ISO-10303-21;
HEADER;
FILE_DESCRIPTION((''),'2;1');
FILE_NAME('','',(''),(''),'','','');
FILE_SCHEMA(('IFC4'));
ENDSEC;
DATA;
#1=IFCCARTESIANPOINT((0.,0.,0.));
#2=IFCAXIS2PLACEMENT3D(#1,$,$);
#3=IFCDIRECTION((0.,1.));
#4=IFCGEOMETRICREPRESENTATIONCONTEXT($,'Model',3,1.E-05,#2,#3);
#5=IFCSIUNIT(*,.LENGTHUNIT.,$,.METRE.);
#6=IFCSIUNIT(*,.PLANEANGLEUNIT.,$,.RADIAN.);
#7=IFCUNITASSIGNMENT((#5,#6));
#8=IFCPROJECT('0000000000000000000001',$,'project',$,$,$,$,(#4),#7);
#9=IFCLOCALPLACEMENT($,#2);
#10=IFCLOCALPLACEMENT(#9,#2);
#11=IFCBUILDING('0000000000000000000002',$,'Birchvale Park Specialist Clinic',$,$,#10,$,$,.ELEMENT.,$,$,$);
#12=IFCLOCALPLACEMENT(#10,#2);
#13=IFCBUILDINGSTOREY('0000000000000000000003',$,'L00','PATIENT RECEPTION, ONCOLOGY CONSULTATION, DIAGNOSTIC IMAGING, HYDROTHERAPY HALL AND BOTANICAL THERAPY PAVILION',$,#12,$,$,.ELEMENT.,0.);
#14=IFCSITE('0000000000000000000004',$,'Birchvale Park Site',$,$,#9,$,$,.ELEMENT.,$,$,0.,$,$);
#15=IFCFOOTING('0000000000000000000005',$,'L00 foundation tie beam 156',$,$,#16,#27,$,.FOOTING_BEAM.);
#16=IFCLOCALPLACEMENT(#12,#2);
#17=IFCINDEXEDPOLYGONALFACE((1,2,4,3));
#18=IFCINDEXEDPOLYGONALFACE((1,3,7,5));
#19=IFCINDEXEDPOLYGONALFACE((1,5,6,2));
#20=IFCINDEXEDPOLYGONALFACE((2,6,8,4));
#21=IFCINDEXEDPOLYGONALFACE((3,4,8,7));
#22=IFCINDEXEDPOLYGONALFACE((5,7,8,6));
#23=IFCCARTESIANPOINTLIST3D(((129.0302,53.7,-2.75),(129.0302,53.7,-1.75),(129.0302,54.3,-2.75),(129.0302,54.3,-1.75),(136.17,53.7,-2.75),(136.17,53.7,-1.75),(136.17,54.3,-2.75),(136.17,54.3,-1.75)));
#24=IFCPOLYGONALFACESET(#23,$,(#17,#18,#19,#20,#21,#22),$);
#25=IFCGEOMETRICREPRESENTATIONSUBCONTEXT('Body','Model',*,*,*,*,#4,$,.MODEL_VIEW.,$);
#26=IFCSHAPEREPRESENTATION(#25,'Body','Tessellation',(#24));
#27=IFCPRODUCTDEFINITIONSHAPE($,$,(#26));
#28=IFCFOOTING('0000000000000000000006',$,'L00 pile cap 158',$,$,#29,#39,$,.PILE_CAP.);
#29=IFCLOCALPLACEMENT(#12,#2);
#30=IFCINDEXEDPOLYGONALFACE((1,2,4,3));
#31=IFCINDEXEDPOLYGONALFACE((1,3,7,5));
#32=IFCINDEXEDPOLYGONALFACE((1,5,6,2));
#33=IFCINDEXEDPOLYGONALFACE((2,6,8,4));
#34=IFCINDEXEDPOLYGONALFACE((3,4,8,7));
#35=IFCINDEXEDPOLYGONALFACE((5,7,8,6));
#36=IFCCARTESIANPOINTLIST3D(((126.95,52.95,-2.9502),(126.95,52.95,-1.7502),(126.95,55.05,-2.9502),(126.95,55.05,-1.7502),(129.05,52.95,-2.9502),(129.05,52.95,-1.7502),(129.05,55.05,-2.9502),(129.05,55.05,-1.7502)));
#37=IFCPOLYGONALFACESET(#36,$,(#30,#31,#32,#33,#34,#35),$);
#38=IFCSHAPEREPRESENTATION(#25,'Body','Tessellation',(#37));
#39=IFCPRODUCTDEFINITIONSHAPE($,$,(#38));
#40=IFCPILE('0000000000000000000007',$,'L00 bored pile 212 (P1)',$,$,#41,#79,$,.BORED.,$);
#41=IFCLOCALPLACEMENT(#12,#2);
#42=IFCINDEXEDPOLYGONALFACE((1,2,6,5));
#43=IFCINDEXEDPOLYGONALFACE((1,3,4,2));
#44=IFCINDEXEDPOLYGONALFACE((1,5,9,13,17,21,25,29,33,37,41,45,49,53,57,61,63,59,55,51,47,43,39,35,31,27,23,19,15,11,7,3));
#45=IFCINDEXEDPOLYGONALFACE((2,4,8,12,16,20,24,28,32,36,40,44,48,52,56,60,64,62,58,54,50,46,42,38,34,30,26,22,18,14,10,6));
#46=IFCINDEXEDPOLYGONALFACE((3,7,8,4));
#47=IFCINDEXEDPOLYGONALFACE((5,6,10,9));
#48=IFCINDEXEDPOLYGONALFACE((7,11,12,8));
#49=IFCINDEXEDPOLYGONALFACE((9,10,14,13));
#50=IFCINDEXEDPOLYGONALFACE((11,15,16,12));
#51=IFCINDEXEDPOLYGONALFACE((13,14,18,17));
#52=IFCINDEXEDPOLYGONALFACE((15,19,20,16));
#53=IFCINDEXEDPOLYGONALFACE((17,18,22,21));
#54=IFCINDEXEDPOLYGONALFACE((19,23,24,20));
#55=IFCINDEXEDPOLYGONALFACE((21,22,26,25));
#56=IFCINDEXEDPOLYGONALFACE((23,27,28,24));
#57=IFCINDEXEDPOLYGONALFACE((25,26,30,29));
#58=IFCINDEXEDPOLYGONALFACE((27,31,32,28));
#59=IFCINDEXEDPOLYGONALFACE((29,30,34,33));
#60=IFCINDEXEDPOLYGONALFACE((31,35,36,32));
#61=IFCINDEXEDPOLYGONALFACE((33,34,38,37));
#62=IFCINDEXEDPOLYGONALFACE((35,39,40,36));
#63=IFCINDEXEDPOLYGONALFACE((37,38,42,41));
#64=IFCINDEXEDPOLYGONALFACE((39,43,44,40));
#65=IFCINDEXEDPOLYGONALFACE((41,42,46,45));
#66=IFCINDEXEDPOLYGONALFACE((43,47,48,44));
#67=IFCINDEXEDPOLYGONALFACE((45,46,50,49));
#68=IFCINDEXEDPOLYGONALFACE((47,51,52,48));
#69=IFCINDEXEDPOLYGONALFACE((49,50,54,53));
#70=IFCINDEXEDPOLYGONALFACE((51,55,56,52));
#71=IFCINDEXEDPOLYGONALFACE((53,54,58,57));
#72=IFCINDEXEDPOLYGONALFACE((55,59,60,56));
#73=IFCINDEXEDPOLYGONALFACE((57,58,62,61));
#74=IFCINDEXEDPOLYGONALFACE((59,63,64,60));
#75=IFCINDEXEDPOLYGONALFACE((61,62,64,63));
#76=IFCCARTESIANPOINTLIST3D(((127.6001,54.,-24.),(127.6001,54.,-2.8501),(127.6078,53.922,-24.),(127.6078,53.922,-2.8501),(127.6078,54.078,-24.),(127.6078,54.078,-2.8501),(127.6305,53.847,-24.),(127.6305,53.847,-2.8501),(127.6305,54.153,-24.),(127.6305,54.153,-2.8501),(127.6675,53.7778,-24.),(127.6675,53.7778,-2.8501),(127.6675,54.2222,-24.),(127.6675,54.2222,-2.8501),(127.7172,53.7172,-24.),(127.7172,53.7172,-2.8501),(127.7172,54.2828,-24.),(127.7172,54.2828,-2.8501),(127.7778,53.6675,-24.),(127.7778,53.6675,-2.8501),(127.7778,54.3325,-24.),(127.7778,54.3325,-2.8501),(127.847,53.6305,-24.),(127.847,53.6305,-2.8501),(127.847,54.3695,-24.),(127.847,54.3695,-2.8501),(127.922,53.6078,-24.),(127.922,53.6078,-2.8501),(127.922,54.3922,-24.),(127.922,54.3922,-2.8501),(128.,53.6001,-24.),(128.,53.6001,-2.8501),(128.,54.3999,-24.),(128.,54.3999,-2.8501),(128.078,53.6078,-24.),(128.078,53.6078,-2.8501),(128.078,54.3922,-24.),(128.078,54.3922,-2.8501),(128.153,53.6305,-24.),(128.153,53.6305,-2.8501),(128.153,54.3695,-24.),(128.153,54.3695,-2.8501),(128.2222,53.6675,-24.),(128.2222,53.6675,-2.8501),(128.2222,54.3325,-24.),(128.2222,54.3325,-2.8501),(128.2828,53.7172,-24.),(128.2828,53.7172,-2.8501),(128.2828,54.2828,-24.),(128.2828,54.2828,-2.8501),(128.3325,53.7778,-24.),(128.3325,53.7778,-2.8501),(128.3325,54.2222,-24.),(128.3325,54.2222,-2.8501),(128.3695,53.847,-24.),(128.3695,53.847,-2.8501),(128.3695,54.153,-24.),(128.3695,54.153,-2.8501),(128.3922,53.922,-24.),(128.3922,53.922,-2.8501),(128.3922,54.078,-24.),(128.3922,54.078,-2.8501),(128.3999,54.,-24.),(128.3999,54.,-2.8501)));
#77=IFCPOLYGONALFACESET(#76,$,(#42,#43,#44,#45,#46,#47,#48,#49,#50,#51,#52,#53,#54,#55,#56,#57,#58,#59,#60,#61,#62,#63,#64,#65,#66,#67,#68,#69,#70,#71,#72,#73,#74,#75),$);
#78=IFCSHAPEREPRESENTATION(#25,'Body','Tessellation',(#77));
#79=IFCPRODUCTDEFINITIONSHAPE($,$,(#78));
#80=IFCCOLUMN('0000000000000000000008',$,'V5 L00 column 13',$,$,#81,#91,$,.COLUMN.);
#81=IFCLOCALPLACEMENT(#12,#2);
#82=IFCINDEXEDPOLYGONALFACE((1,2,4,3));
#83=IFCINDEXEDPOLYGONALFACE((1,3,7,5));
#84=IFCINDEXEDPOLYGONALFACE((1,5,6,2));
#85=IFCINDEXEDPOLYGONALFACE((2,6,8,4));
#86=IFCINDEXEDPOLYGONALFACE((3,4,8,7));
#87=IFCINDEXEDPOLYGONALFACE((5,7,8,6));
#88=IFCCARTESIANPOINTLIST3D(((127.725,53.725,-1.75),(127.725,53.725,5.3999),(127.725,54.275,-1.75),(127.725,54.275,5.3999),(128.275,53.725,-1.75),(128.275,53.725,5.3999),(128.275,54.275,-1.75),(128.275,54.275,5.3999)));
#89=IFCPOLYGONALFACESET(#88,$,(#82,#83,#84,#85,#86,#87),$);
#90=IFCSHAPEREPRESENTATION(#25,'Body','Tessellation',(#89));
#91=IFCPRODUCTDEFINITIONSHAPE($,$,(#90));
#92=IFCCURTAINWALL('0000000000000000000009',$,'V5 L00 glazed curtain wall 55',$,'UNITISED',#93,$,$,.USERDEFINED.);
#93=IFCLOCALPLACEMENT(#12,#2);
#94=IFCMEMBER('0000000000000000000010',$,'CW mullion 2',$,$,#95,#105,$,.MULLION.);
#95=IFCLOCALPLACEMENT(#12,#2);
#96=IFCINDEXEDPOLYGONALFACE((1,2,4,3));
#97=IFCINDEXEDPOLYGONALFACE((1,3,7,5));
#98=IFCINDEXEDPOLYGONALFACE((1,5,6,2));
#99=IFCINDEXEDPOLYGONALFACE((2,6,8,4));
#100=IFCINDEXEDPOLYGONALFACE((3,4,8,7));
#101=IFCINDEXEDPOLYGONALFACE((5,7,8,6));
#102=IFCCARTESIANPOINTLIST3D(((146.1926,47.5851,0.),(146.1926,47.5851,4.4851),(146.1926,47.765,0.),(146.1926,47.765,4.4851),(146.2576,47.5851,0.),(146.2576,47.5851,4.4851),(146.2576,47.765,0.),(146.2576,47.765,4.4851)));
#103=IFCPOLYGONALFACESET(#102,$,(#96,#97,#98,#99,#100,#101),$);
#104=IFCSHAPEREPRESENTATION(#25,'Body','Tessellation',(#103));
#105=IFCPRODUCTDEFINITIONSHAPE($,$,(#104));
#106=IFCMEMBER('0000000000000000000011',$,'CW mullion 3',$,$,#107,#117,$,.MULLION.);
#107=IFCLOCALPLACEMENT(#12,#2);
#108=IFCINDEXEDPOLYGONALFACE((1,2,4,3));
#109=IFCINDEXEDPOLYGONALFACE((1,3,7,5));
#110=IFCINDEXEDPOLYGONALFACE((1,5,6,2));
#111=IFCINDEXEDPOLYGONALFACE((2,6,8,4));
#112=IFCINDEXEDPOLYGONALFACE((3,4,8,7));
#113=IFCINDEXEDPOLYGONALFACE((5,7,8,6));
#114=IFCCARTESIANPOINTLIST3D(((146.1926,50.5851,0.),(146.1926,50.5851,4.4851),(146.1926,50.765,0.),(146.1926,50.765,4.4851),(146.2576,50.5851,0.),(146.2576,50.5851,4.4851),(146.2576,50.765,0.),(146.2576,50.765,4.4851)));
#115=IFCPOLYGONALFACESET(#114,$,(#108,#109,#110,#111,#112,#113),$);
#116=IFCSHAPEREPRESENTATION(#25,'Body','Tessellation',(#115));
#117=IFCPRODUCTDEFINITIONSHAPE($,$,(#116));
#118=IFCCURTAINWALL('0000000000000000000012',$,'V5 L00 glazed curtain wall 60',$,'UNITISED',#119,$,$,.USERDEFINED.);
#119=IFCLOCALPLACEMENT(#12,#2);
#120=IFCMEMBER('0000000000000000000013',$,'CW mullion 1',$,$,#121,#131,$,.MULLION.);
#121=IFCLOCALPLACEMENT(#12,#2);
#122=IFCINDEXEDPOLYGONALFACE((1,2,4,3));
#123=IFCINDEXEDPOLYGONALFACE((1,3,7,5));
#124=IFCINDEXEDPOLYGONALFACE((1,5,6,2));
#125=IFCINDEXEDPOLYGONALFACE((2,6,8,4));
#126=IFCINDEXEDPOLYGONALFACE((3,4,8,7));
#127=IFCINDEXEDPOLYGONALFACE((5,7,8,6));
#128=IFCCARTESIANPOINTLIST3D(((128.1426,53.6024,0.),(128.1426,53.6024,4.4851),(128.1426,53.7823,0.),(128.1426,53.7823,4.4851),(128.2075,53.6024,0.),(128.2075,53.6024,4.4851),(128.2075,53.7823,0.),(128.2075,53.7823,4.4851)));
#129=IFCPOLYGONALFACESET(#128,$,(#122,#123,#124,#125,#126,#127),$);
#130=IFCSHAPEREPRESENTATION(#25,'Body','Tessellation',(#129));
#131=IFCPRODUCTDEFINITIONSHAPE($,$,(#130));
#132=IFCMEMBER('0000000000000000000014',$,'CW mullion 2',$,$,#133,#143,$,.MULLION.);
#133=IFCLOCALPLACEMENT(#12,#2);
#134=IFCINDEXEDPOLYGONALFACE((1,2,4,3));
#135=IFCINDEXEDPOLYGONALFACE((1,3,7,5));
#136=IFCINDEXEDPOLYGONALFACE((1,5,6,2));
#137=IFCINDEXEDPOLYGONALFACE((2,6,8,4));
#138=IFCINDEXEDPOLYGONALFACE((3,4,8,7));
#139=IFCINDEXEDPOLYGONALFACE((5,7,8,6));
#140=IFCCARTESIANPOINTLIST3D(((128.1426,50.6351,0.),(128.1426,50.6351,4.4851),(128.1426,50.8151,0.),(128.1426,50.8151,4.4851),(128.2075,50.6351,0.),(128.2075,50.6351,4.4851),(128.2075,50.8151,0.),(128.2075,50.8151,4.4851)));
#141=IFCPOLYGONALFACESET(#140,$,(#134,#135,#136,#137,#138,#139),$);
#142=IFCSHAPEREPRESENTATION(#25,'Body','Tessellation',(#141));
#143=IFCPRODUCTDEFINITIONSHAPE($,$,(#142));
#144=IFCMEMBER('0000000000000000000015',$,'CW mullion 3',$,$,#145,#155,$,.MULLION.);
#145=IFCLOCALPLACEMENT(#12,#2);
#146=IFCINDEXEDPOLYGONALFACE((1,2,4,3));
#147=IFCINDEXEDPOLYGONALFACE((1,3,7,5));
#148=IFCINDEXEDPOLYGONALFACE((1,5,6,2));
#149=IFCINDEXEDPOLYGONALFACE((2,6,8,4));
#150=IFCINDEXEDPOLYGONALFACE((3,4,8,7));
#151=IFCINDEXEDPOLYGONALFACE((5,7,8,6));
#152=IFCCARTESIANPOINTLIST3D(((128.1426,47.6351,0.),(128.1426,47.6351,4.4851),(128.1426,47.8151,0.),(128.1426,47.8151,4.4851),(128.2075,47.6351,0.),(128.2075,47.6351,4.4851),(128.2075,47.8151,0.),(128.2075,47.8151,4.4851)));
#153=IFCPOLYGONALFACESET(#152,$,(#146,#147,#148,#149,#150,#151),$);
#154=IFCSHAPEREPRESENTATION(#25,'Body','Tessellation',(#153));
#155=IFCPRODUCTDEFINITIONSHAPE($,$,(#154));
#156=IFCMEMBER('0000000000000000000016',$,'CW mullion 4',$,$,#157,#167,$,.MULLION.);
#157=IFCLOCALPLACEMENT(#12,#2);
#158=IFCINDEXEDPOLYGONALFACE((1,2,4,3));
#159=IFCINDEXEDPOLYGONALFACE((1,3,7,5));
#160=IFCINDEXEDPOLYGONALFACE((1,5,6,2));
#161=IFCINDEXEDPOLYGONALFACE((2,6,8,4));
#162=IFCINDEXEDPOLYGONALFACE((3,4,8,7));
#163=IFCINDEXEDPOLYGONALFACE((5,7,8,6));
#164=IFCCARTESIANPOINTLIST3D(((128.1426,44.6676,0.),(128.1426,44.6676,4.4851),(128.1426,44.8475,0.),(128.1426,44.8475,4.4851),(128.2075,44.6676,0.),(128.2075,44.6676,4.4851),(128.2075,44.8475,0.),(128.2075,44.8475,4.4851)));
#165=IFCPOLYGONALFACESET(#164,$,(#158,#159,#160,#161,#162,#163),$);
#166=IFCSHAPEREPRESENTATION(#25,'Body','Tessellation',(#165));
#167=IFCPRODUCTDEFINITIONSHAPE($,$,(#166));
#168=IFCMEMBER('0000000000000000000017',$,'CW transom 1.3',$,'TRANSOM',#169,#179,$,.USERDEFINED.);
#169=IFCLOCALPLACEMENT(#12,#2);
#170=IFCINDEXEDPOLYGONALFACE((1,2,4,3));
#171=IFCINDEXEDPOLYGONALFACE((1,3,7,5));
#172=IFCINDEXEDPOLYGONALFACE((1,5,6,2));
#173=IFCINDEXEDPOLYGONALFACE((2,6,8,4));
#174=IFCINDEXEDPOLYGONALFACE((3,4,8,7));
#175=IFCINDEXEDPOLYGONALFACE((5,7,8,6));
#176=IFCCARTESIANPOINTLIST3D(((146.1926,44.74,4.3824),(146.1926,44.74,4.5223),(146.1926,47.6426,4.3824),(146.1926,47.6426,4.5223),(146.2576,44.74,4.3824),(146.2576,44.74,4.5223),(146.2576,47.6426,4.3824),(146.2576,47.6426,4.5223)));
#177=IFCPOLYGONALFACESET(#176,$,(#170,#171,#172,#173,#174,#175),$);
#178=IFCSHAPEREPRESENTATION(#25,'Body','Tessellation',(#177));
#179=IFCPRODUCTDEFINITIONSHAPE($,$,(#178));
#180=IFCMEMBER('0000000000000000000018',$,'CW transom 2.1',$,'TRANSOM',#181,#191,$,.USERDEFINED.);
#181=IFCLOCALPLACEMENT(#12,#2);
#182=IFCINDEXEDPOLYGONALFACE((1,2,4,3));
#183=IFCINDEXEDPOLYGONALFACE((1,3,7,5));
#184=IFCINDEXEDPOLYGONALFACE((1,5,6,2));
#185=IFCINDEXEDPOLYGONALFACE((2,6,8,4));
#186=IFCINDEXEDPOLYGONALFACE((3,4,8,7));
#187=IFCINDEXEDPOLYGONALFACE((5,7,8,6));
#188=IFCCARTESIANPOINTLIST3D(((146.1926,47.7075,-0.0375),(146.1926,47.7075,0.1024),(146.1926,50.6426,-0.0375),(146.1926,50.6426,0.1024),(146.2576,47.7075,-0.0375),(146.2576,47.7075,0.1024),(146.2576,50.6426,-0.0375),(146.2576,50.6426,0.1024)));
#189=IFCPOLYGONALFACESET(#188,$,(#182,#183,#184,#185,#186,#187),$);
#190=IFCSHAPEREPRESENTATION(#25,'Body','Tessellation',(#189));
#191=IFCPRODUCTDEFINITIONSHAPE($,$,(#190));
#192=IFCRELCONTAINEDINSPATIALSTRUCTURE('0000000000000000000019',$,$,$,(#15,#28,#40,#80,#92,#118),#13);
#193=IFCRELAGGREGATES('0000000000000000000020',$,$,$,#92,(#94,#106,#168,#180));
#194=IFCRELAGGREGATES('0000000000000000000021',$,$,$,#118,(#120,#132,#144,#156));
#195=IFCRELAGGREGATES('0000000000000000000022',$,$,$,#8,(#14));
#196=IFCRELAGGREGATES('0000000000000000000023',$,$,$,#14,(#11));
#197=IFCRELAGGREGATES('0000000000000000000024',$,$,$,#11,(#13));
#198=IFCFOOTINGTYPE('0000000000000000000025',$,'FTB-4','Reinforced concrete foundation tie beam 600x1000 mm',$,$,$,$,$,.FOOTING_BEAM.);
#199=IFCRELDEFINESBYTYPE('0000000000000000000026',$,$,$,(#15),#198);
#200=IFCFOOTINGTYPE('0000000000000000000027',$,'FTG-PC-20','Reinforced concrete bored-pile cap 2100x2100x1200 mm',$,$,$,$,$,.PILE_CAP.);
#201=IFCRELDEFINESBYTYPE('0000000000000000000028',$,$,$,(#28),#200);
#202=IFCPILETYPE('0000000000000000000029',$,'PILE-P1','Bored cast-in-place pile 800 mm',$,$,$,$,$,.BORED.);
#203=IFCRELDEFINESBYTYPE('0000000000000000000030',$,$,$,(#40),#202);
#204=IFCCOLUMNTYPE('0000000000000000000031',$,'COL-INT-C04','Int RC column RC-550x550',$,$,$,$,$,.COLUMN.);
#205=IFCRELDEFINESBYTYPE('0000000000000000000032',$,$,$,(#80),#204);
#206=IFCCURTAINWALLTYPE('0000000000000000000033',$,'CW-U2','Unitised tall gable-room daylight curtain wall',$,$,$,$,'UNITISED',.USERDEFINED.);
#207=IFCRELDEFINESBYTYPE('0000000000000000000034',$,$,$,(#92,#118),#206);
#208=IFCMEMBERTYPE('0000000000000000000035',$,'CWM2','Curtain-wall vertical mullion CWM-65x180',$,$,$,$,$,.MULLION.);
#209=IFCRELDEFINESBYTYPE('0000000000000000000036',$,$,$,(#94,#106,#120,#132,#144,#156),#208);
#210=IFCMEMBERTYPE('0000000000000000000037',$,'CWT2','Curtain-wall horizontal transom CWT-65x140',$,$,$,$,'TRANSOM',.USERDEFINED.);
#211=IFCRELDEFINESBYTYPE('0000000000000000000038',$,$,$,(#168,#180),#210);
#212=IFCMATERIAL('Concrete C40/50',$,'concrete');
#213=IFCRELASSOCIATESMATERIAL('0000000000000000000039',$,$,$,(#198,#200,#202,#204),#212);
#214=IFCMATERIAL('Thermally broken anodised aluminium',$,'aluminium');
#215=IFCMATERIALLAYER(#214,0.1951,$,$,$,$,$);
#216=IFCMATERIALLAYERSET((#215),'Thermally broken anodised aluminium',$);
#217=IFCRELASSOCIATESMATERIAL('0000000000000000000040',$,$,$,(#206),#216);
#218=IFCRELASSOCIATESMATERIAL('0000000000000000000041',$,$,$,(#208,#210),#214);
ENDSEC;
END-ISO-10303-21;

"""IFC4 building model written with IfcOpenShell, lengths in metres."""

from ifc_helpers import new_model, si_unit, direction, frame, origin, origin_2d, place, context, subcontext, project, spatial, rectangle, circle, extrude, material, layer, layer_set, material_profile, profile_set, type_object, element, aggregate, save


model = new_model("IFC4")

# Units and contexts
model_context = context("Model", 3, precision=1e-05, world=origin(), true_north=direction((0.0, 1.0)))
body_context = subcontext(model_context, "Body", "Model", "MODEL_VIEW")
ifc_project = project(units=[si_unit("LENGTHUNIT", "METRE"), si_unit("PLANEANGLEUNIT", "RADIAN")], contexts=[model_context])

# Site, building, storey
site_placement = place(None, origin())
site = spatial("IfcSite", under=ifc_project, at=site_placement, Name="Birchvale Park Site", CompositionType="ELEMENT", RefElevation=0.0)
building_placement = place(site_placement, origin())
building = spatial("IfcBuilding", under=site, at=building_placement, Name="Birchvale Park Specialist Clinic", CompositionType="ELEMENT")
storey_placement = place(building_placement, origin())
storey = spatial("IfcBuildingStorey", under=building, at=storey_placement, Name="L00", Description="PATIENT RECEPTION, ONCOLOGY CONSULTATION, DIAGNOSTIC IMAGING, HYDROTHERAPY HALL AND BOTANICAL THERAPY PAVILION", CompositionType="ELEMENT", Elevation=0.0)

# Footings
ifc_material_1 = material(Name="Concrete C40/50", Category="concrete")
footing_type_1 = type_object("IfcFootingType", Name="FTB-4", Description="Reinforced concrete foundation tie beam 600x1000 mm", PredefinedType="FOOTING_BEAM", material=ifc_material_1)
footing_1_placement = place(storey_placement, frame((132.6001, 54.0, -2.75), z_axis=(0.0, 0.0, 1.0), x_axis=(1.0, 0.0, 0.0)))
element("IfcFooting", 1, at=footing_1_placement, inside=storey, type_object=footing_type_1, Name="L00 foundation tie beam 156", PredefinedType="FOOTING_BEAM", context=body_context, shape_type="SweptSolid", body=[
    extrude(rectangle(XDim=7.1399, YDim=0.6001, at=origin_2d()), origin(), (0.0, 0.0, 1.0), 1.0),
])
footing_type_2 = type_object("IfcFootingType", Name="FTG-PC-20", Description="Reinforced concrete bored-pile cap 2100x2100x1200 mm", PredefinedType="PILE_CAP", material=ifc_material_1)
footing_2_placement = place(storey_placement, frame((128.0, 54.0, -2.9502), z_axis=(0.0, 0.0, 1.0), x_axis=(1.0, 0.0, 0.0)))
element("IfcFooting", 2, at=footing_2_placement, inside=storey, type_object=footing_type_2, Name="L00 pile cap 158", PredefinedType="PILE_CAP", context=body_context, shape_type="SweptSolid", body=[
    extrude(rectangle(XDim=2.1001, YDim=2.1001, at=origin_2d()), origin(), (0.0, 0.0, 1.0), 1.2),
])

# Pile
ifc_material_profile_1 = material_profile(ifc_material_1, circle(Radius=0.3999, at=origin_2d()), Name="PILE-800")
ifc_profile_set_1 = profile_set([ifc_material_profile_1], Name="Concrete C40/50")
pile_type = type_object("IfcPileType", Name="PILE-P1", Description="Bored cast-in-place pile 800 mm", PredefinedType="BORED", material=ifc_profile_set_1)
pile_placement = place(storey_placement, frame((128.0, 54.0, -2.8501), z_axis=(0.0, 0.0, -1.0), x_axis=(1.0, 0.0, 0.0)))
element("IfcPile", 3, at=pile_placement, inside=storey, type_object=pile_type, Name="L00 bored pile 212 (P1)", PredefinedType="BORED", context=body_context, shape_type="SweptSolid", body=[
    extrude(circle(Radius=0.3999, at=origin_2d()), origin(), (0.0, 0.0, 1.0), 21.1499),
])

# Column
ifc_material_profile_2 = material_profile(ifc_material_1, rectangle(XDim=0.55, YDim=0.55, at=origin_2d()), Name="RC-550x550")
ifc_profile_set_2 = profile_set([ifc_material_profile_2], Name="Concrete C40/50")
column_type = type_object("IfcColumnType", Name="COL-INT-C04", Description="Int RC column RC-550x550", PredefinedType="COLUMN", material=ifc_profile_set_2)
column_placement = place(storey_placement, frame((128.0, 54.0, -1.75), z_axis=(0.0, 0.0, 1.0), x_axis=(1.0, 0.0, 0.0)))
element("IfcColumn", 4, at=column_placement, inside=storey, type_object=column_type, Name="V5 L00 column 13", PredefinedType="COLUMN", context=body_context, shape_type="SweptSolid", body=[
    extrude(rectangle(XDim=0.55, YDim=0.55, at=origin_2d()), origin(), (0.0, 0.0, 1.0), 7.1499),
])

# Curtain walls, members
ifc_material_2 = material(Name="Thermally broken anodised aluminium", Category="aluminium")
ifc_layer_1 = layer(ifc_material_2, 0.1951)
ifc_layer_set_1 = layer_set([ifc_layer_1], Name="Thermally broken anodised aluminium")
curtain_wall_type = type_object("IfcCurtainWallType", Name="CW-U2", Description="Unitised tall gable-room daylight curtain wall", ElementType="UNITISED", PredefinedType="USERDEFINED", material=ifc_layer_set_1)
curtain_wall_1_placement = place(storey_placement, origin())
curtain_wall_1 = element("IfcCurtainWall", 5, at=curtain_wall_1_placement, inside=storey, type_object=curtain_wall_type, Name="V5 L00 glazed curtain wall 55", ObjectType="UNITISED", PredefinedType="USERDEFINED")
ifc_material_profile_3 = material_profile(ifc_material_2, rectangle(XDim=0.0649, YDim=0.1799, at=origin_2d()), Name="CWM-65x180")
ifc_profile_set_3 = profile_set([ifc_material_profile_3], Name="Thermally broken anodised aluminium")
member_type_1 = type_object("IfcMemberType", Name="CWM2", Description="Curtain-wall vertical mullion CWM-65x180", PredefinedType="MULLION", material=ifc_profile_set_3)
member_1_placement = place(storey_placement, frame((146.2251, 47.675, 0.0), z_axis=(0.0, 0.0, 1.0), x_axis=(-1.0, 0.0, 0.0)))
member_1 = element("IfcMember", 6, at=member_1_placement, type_object=member_type_1, Name="CW mullion 2", PredefinedType="MULLION", context=body_context, shape_type="SweptSolid", body=[
    extrude(rectangle(XDim=0.0649, YDim=0.1799, at=origin_2d()), origin(), (0.0, 0.0, 1.0), 4.4851),
])
member_2_placement = place(storey_placement, frame((146.2251, 50.675, 0.0), z_axis=(0.0, 0.0, 1.0), x_axis=(-1.0, 0.0, 0.0)))
member_2 = element("IfcMember", 7, at=member_2_placement, type_object=member_type_1, Name="CW mullion 3", PredefinedType="MULLION", context=body_context, shape_type="SweptSolid", body=[
    extrude(rectangle(XDim=0.0649, YDim=0.1799, at=origin_2d()), origin(), (0.0, 0.0, 1.0), 4.4851),
])
curtain_wall_2_placement = place(storey_placement, origin())
curtain_wall_2 = element("IfcCurtainWall", 8, at=curtain_wall_2_placement, inside=storey, type_object=curtain_wall_type, Name="V5 L00 glazed curtain wall 60", ObjectType="UNITISED", PredefinedType="USERDEFINED")
member_3_placement = place(storey_placement, frame((128.175, 53.6924, 0.0), z_axis=(0.0, 0.0, 1.0), x_axis=(1.0, 0.0, 0.0)))
member_3 = element("IfcMember", 9, at=member_3_placement, type_object=member_type_1, Name="CW mullion 1", PredefinedType="MULLION", context=body_context, shape_type="SweptSolid", body=[
    extrude(rectangle(XDim=0.0649, YDim=0.1799, at=origin_2d()), origin(), (0.0, 0.0, 1.0), 4.4851),
])
member_4_placement = place(storey_placement, frame((128.175, 50.7251, 0.0), z_axis=(0.0, 0.0, 1.0), x_axis=(1.0, 0.0, 0.0)))
member_4 = element("IfcMember", 10, at=member_4_placement, type_object=member_type_1, Name="CW mullion 2", PredefinedType="MULLION", context=body_context, shape_type="SweptSolid", body=[
    extrude(rectangle(XDim=0.0649, YDim=0.1799, at=origin_2d()), origin(), (0.0, 0.0, 1.0), 4.4851),
])
member_5_placement = place(storey_placement, frame((128.175, 47.7251, 0.0), z_axis=(0.0, 0.0, 1.0), x_axis=(1.0, 0.0, 0.0)))
member_5 = element("IfcMember", 11, at=member_5_placement, type_object=member_type_1, Name="CW mullion 3", PredefinedType="MULLION", context=body_context, shape_type="SweptSolid", body=[
    extrude(rectangle(XDim=0.0649, YDim=0.1799, at=origin_2d()), origin(), (0.0, 0.0, 1.0), 4.4851),
])
member_6_placement = place(storey_placement, frame((128.175, 44.7576, 0.0), z_axis=(0.0, 0.0, 1.0), x_axis=(1.0, 0.0, 0.0)))
member_6 = element("IfcMember", 12, at=member_6_placement, type_object=member_type_1, Name="CW mullion 4", PredefinedType="MULLION", context=body_context, shape_type="SweptSolid", body=[
    extrude(rectangle(XDim=0.0649, YDim=0.1799, at=origin_2d()), origin(), (0.0, 0.0, 1.0), 4.4851),
])

# Members
ifc_material_profile_4 = material_profile(ifc_material_2, rectangle(XDim=0.0649, YDim=0.1399, at=origin_2d()), Name="CWT-65x140")
ifc_profile_set_4 = profile_set([ifc_material_profile_4], Name="Thermally broken anodised aluminium")
member_type_2 = type_object("IfcMemberType", Name="CWT2", Description="Curtain-wall horizontal transom CWT-65x140", ElementType="TRANSOM", PredefinedType="USERDEFINED", material=ifc_profile_set_4)
member_7_placement = place(storey_placement, frame((146.2251, 44.74, 4.4524), z_axis=(0.0, 1.0, 0.0), x_axis=(-1.0, 0.0, 0.0)))
member_7 = element("IfcMember", 13, at=member_7_placement, type_object=member_type_2, Name="CW transom 1.3", ObjectType="TRANSOM", PredefinedType="USERDEFINED", context=body_context, shape_type="SweptSolid", body=[
    extrude(rectangle(XDim=0.0649, YDim=0.1399, at=origin_2d()), origin(), (0.0, 0.0, 1.0), 2.9026),
])
member_8_placement = place(storey_placement, frame((146.2251, 47.7075, 0.0325), z_axis=(0.0, 1.0, 0.0), x_axis=(-1.0, 0.0, 0.0)))
member_8 = element("IfcMember", 14, at=member_8_placement, type_object=member_type_2, Name="CW transom 2.1", ObjectType="TRANSOM", PredefinedType="USERDEFINED", context=body_context, shape_type="SweptSolid", body=[
    extrude(rectangle(XDim=0.0649, YDim=0.1399, at=origin_2d()), origin(), (0.0, 0.0, 1.0), 2.9351),
])

aggregate(curtain_wall_1, [member_1, member_2, member_7, member_8])
aggregate(curtain_wall_2, [member_3, member_4, member_5, member_6])

save(model, "model.ifc")
